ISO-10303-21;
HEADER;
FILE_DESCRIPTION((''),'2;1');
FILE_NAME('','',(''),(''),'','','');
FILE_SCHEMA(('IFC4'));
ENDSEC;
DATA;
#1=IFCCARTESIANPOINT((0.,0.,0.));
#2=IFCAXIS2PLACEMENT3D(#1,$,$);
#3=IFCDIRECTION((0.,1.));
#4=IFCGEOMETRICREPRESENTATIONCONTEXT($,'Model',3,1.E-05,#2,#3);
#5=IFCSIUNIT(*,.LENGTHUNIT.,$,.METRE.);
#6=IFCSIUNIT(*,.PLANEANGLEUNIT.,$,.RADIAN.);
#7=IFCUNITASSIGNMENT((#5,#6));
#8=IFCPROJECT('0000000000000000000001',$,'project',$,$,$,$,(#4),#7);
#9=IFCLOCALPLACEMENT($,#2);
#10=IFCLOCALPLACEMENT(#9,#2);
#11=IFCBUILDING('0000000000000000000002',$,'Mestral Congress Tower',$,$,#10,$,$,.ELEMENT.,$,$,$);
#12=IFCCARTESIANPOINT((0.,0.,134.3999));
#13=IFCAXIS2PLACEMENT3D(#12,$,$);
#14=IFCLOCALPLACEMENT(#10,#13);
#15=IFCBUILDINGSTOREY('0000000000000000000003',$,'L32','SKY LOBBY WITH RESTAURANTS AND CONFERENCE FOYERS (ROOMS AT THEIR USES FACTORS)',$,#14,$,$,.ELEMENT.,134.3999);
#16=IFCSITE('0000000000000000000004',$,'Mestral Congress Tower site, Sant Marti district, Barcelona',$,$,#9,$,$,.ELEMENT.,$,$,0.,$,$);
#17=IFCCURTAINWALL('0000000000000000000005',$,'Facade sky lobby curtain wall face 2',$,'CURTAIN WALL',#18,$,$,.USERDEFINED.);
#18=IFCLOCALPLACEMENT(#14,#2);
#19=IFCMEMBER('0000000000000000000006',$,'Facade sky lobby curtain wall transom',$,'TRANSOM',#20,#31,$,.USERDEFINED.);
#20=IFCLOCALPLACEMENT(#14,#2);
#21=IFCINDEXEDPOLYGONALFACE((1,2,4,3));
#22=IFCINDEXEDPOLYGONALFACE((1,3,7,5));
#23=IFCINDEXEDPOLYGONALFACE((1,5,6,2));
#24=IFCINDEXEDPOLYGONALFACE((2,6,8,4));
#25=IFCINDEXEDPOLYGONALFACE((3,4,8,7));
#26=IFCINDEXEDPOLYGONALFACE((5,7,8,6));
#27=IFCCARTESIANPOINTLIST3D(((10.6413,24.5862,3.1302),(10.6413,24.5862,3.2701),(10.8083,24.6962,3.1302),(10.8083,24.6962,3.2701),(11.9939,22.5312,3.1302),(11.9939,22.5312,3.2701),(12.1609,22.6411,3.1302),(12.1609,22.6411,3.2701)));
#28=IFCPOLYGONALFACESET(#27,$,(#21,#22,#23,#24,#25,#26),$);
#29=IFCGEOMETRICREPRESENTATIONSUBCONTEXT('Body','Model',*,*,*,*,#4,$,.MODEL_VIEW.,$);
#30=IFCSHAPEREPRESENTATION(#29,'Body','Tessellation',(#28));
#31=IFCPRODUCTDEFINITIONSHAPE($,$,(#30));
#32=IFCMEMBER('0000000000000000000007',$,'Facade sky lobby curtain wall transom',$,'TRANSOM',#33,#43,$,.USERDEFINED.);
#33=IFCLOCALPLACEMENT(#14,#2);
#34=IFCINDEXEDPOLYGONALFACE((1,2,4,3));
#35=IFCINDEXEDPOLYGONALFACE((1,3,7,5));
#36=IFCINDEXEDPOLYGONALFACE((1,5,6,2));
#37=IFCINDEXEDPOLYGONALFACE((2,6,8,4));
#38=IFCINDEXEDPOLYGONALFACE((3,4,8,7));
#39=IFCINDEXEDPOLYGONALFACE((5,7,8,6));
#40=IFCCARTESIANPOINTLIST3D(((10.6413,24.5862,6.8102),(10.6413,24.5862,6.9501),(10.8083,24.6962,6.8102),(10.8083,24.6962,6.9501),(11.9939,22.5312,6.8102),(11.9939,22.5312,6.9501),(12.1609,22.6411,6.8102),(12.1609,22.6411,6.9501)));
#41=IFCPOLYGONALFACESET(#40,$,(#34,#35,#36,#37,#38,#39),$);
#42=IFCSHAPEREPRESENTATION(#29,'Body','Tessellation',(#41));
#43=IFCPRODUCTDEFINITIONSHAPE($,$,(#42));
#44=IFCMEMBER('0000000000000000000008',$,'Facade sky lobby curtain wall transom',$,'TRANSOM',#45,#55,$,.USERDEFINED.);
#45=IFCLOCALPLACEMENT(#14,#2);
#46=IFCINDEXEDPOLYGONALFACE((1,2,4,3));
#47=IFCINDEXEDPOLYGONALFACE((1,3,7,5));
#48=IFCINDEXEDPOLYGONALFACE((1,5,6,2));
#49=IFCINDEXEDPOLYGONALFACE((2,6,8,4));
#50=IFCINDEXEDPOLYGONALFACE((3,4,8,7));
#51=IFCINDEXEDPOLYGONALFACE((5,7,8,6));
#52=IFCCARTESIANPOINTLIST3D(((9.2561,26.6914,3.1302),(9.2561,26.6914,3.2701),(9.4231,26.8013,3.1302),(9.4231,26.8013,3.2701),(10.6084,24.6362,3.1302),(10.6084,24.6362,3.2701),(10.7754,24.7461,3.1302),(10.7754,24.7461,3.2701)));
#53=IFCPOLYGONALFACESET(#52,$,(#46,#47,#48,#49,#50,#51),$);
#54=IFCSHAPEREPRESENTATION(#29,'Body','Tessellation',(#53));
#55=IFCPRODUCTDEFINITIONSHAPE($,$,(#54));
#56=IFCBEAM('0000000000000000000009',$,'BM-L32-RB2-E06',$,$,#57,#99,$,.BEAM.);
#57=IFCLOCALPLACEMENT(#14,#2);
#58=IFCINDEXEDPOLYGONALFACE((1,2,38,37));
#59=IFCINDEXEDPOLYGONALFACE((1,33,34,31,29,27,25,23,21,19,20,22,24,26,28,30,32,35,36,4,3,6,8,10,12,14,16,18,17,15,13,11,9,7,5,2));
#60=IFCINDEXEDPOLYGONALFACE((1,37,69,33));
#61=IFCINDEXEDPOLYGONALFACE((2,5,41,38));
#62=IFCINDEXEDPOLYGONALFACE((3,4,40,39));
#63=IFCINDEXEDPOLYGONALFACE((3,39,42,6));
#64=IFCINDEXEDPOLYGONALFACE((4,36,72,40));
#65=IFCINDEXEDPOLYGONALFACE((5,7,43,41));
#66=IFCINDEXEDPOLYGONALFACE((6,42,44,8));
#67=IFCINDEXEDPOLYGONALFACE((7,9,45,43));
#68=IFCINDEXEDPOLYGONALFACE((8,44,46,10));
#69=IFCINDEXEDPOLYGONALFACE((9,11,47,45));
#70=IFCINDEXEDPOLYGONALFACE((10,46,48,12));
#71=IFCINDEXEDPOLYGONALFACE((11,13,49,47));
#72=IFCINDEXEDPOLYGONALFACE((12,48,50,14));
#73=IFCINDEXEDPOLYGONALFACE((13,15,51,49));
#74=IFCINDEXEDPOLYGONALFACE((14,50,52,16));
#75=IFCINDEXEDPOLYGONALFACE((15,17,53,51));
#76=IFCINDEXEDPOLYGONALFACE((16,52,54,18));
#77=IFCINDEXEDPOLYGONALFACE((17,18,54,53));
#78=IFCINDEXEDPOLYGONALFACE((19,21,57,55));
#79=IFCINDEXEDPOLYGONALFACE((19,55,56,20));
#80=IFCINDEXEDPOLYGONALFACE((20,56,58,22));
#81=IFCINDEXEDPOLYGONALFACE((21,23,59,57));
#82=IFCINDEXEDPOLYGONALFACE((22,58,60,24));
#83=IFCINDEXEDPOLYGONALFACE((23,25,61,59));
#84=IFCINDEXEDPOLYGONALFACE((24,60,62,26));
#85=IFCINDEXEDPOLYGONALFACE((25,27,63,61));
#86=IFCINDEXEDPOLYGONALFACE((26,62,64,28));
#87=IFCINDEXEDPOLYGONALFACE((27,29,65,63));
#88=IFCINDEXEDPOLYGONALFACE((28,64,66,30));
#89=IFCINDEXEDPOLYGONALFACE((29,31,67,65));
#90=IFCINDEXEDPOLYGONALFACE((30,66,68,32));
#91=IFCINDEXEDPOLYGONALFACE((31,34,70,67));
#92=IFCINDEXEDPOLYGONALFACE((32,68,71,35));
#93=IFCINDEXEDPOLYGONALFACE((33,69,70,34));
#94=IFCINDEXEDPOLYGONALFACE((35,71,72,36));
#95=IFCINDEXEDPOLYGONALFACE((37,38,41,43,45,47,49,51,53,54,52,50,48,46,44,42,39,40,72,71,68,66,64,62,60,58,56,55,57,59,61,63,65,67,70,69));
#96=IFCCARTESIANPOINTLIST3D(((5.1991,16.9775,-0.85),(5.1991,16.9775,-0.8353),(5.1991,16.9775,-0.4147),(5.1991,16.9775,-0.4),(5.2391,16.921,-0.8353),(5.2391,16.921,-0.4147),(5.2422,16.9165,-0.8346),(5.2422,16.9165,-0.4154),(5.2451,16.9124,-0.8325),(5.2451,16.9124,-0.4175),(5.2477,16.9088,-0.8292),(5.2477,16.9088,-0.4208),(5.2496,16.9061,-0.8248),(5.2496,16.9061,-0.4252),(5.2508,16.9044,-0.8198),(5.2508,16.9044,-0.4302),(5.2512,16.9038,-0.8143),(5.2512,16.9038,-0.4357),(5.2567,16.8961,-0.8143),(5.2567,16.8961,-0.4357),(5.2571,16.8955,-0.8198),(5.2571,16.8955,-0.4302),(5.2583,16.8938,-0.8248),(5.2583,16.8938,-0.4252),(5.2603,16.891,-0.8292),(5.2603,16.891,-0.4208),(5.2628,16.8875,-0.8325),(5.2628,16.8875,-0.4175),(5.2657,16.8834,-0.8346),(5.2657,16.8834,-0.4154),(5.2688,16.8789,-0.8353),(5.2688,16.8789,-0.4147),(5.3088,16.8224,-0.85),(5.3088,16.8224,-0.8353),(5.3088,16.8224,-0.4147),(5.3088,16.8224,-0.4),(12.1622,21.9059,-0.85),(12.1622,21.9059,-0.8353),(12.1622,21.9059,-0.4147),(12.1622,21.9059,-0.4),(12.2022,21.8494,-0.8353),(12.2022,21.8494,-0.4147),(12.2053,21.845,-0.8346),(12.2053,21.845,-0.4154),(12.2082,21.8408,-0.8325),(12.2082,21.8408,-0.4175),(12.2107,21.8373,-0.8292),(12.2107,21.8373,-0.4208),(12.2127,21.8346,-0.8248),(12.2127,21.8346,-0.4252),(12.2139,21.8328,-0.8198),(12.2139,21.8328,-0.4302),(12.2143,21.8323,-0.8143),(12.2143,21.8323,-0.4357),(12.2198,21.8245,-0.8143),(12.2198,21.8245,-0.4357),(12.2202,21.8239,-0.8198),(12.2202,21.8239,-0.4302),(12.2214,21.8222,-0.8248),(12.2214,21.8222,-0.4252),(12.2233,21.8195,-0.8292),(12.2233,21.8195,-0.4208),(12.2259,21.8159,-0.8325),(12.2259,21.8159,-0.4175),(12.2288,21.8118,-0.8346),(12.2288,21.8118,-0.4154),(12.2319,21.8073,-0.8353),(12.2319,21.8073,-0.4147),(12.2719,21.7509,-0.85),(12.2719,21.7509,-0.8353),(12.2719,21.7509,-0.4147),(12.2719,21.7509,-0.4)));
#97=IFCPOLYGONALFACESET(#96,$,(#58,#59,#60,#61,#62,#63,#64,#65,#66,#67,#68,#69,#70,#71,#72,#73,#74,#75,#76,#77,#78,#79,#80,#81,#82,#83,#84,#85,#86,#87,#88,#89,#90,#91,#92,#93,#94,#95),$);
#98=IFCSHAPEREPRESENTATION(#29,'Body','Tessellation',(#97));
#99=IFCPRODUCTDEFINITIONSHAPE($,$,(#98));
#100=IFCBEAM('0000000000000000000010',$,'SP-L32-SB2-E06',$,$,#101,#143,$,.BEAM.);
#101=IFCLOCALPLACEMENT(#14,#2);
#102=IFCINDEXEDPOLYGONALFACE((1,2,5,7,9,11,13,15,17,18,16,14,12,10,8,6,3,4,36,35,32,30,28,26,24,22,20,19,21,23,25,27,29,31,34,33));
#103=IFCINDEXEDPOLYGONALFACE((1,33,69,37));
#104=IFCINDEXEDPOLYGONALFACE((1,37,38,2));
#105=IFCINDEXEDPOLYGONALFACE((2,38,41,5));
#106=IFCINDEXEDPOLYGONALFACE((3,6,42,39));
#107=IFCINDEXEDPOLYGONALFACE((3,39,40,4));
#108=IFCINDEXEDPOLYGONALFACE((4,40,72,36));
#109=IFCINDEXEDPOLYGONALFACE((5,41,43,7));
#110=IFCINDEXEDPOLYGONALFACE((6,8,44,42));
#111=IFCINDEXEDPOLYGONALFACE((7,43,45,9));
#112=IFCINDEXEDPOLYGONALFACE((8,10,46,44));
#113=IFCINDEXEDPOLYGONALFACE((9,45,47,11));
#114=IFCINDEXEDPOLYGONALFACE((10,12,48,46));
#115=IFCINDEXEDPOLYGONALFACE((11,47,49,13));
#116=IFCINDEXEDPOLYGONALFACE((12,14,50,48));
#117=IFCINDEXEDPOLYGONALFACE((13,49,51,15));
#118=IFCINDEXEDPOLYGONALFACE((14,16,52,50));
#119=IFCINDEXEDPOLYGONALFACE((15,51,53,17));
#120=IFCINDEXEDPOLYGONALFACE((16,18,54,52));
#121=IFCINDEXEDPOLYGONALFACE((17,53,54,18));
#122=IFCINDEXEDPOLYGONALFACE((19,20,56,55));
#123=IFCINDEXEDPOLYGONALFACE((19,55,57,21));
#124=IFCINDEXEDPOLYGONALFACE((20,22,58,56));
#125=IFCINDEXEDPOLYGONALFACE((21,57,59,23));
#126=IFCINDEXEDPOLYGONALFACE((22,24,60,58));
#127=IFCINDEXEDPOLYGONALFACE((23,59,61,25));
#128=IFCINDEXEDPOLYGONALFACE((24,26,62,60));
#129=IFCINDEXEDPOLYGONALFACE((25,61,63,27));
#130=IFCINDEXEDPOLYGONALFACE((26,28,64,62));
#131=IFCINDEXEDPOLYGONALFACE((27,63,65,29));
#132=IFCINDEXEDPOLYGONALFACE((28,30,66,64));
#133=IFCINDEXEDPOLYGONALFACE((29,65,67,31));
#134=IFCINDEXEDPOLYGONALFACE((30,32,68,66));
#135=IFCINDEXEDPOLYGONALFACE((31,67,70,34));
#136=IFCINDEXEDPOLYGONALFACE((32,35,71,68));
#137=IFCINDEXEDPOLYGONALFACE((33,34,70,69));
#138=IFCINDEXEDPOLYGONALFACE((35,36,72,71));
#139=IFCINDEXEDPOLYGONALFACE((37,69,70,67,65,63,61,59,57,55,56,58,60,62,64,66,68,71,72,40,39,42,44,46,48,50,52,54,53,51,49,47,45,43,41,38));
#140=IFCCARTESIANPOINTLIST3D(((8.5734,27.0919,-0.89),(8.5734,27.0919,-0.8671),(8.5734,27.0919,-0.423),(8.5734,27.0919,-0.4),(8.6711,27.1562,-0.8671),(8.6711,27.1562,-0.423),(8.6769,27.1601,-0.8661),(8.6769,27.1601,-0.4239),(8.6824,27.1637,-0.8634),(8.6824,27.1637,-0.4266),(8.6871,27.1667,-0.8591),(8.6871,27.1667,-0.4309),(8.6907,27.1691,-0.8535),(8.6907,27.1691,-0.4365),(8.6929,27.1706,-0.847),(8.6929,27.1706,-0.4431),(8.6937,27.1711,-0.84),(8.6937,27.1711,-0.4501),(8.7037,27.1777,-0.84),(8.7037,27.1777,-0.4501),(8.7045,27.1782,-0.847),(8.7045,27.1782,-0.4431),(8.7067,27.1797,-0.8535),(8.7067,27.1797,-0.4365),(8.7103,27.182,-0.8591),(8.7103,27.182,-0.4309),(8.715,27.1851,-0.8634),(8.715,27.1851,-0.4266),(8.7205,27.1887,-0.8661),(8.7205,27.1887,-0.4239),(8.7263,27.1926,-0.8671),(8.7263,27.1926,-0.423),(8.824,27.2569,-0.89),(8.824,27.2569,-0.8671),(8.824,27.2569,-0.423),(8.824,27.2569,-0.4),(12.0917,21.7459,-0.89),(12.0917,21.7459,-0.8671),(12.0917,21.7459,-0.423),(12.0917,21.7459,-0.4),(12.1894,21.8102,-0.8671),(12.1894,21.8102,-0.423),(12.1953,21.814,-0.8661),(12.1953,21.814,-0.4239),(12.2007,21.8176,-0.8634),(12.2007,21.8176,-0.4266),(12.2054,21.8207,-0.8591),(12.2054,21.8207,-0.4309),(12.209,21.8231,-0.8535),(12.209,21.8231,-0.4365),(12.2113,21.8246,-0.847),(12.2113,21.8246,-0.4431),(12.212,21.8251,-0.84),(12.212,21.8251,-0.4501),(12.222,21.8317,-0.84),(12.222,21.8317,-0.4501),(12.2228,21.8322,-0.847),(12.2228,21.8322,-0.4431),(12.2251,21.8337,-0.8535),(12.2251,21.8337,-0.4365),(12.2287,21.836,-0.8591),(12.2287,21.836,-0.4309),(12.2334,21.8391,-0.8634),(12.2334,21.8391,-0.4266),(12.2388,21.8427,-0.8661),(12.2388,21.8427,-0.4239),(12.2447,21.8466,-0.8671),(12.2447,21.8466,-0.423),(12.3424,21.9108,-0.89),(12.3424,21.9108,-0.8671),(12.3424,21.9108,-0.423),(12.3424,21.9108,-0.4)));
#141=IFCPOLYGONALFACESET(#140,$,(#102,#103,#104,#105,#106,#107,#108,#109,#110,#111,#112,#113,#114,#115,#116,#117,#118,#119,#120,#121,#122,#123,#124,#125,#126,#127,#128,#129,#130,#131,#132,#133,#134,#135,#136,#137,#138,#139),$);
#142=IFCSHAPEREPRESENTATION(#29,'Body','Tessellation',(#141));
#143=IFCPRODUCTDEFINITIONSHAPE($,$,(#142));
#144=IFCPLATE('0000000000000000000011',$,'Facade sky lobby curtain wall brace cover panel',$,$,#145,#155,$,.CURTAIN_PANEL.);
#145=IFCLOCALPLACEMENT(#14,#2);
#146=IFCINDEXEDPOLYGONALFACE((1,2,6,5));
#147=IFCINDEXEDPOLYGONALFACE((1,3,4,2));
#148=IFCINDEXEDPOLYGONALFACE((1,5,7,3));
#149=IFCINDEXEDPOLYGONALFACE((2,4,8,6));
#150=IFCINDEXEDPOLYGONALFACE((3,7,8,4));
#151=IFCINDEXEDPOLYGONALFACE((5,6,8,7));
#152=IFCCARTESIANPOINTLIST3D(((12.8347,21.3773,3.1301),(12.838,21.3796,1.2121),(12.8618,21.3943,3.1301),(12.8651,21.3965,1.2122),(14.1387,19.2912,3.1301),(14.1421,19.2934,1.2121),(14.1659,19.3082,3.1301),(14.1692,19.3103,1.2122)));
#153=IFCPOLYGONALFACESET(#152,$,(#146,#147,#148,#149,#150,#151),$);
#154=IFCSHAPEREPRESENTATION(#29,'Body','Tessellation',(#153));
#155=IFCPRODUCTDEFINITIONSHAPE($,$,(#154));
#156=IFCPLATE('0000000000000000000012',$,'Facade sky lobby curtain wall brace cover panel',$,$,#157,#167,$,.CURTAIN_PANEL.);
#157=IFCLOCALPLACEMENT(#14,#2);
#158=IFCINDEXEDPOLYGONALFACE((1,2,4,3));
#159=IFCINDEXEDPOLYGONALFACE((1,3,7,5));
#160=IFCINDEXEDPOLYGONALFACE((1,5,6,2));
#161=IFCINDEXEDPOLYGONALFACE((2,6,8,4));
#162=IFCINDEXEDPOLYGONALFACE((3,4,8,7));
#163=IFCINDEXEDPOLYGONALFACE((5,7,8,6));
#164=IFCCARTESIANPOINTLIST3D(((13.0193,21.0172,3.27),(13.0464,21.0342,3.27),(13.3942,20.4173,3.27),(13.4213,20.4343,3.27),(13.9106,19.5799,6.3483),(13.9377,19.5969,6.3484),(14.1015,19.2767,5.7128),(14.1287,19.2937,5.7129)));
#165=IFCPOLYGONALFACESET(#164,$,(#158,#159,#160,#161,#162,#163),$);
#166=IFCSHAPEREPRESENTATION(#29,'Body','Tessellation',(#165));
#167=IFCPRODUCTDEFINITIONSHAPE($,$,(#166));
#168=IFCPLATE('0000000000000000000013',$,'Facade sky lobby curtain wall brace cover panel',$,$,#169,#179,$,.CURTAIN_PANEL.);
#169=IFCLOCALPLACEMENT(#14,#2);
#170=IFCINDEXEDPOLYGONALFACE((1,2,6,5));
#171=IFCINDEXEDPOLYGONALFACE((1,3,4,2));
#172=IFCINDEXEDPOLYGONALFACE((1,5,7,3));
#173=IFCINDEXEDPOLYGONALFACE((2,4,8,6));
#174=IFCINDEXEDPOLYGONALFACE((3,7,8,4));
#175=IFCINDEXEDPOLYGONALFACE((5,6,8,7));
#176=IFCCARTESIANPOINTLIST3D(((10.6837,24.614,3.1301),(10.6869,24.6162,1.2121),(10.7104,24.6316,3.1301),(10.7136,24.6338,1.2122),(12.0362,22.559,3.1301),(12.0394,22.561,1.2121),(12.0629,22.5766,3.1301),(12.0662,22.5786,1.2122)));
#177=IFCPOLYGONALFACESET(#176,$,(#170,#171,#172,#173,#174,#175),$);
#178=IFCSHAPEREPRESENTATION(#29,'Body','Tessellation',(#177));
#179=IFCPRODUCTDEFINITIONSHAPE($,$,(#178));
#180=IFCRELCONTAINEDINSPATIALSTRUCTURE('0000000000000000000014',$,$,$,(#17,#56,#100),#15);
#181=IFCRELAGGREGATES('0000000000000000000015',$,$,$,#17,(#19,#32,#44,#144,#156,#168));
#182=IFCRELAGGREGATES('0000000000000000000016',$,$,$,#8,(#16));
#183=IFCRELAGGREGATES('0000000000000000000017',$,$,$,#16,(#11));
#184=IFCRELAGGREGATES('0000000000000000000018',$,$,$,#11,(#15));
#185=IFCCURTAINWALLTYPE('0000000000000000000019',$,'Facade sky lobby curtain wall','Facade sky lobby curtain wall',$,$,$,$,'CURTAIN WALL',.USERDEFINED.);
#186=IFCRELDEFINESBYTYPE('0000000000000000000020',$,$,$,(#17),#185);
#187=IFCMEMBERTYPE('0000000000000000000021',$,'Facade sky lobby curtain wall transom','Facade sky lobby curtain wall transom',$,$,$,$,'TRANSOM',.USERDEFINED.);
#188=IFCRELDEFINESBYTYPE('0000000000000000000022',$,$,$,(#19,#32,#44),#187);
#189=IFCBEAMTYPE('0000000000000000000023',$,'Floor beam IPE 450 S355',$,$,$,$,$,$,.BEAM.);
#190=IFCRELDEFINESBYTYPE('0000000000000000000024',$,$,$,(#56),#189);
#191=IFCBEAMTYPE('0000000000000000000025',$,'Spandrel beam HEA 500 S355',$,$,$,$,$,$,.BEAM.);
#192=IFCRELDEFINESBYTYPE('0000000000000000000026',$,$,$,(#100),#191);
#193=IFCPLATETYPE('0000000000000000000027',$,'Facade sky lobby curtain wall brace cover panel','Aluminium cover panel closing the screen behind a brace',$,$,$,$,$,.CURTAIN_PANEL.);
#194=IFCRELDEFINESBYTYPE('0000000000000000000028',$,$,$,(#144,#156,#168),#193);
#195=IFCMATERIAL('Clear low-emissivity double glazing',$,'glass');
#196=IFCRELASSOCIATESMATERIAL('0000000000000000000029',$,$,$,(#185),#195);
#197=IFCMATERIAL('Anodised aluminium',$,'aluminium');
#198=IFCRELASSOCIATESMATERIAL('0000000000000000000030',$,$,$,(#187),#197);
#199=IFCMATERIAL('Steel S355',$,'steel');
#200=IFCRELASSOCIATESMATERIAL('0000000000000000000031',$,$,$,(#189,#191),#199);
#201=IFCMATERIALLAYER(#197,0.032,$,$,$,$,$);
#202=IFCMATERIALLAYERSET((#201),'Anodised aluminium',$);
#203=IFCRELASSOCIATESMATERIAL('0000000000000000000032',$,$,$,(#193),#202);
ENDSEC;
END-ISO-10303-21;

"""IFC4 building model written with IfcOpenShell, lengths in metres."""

from ifc_helpers import new_model, si_unit, direction, frame, origin, origin_2d, place, context, subcontext, project, spatial, polyline, rectangle, i_section, outline, extrude, material, layer, layer_set, material_profile, profile_set, type_object, element, aggregate, save


model = new_model("IFC4")

# Units and contexts
model_context = context("Model", 3, precision=1e-05, world=origin(), true_north=direction((0.0, 1.0)))
body_context = subcontext(model_context, "Body", "Model", "MODEL_VIEW")
ifc_project = project(units=[si_unit("LENGTHUNIT", "METRE"), si_unit("PLANEANGLEUNIT", "RADIAN")], contexts=[model_context])

# Site, building, storey
site_placement = place(None, origin())
site = spatial("IfcSite", under=ifc_project, at=site_placement, Name="Mestral Congress Tower site, Sant Marti district, Barcelona", CompositionType="ELEMENT", RefElevation=0.0)
building_placement = place(site_placement, origin())
building = spatial("IfcBuilding", under=site, at=building_placement, Name="Mestral Congress Tower", CompositionType="ELEMENT")
storey_placement = place(building_placement, frame((0.0, 0.0, 134.3999)))
storey = spatial("IfcBuildingStorey", under=building, at=storey_placement, Name="L32", Description="SKY LOBBY WITH RESTAURANTS AND CONFERENCE FOYERS (ROOMS AT THEIR USES FACTORS)", CompositionType="ELEMENT", Elevation=134.3999)

# Shared definitions
ifc_material_1 = material(Name="Steel S355", Category="steel")

# Curtain wall, members
ifc_material_2 = material(Name="Clear low-emissivity double glazing", Category="glass")
curtain_wall_type = type_object("IfcCurtainWallType", Name="Facade sky lobby curtain wall", Description="Facade sky lobby curtain wall", ElementType="CURTAIN WALL", PredefinedType="USERDEFINED", material=ifc_material_2)
curtain_wall_placement = place(storey_placement, origin())
curtain_wall = element("IfcCurtainWall", 1, at=curtain_wall_placement, inside=storey, type_object=curtain_wall_type, Name="Facade sky lobby curtain wall face 2", ObjectType="CURTAIN WALL", PredefinedType="USERDEFINED")
ifc_material_3 = material(Name="Anodised aluminium", Category="aluminium")
ifc_material_profile_1 = material_profile(ifc_material_3, rectangle(XDim=0.2, YDim=0.1399, at=origin_2d()), Name="CW1 transom 200 x 140")
ifc_profile_set_1 = profile_set([ifc_material_profile_1], Name="Anodised aluminium")
member_type_1 = type_object("IfcMemberType", Name="Facade sky lobby curtain wall transom", Description="Facade sky lobby curtain wall transom", ElementType="TRANSOM", PredefinedType="USERDEFINED", material=ifc_profile_set_1)
member_1_placement = place(storey_placement, frame((12.0774, 22.5862, 3.2002), z_axis=(-0.54979, 0.835303, 0.0), x_axis=(-0.835303, -0.54979, 0.0)))
member_1 = element("IfcMember", 2, at=member_1_placement, type_object=member_type_1, Name="Facade sky lobby curtain wall transom", ObjectType="TRANSOM", PredefinedType="USERDEFINED", context=body_context, shape_type="SweptSolid", body=[
    extrude(rectangle(XDim=0.2, YDim=0.1399, at=origin_2d()), origin(), (0.0, 0.0, 1.0), 2.4602),
])
member_2_placement = place(storey_placement, frame((12.0774, 22.5862, 6.8801), z_axis=(-0.54979, 0.835303, 0.0), x_axis=(-0.835303, -0.54979, 0.0)))
member_2 = element("IfcMember", 3, at=member_2_placement, type_object=member_type_1, Name="Facade sky lobby curtain wall transom", ObjectType="TRANSOM", PredefinedType="USERDEFINED", context=body_context, shape_type="SweptSolid", body=[
    extrude(rectangle(XDim=0.2, YDim=0.1399, at=origin_2d()), origin(), (0.0, 0.0, 1.0), 2.4602),
])
member_3_placement = place(storey_placement, frame((10.6919, 24.6912, 3.2002), z_axis=(-0.549675, 0.835379, 0.0), x_axis=(-0.835379, -0.549675, 0.0)))
member_3 = element("IfcMember", 4, at=member_3_placement, type_object=member_type_1, Name="Facade sky lobby curtain wall transom", ObjectType="TRANSOM", PredefinedType="USERDEFINED", context=body_context, shape_type="SweptSolid", body=[
    extrude(rectangle(XDim=0.2, YDim=0.1399, at=origin_2d()), origin(), (0.0, 0.0, 1.0), 2.4602),
])

# Beams
ifc_material_profile_2 = material_profile(ifc_material_1, i_section(OverallWidth=0.1899, OverallDepth=0.45, WebThickness=0.0095, FlangeThickness=0.0146, FilletRadius=0.021, at=origin_2d()), Name="IPE 450")
ifc_profile_set_2 = profile_set([ifc_material_profile_2], Name="Steel S355")
beam_type_1 = type_object("IfcBeamType", Name="Floor beam IPE 450 S355", PredefinedType="BEAM", material=ifc_profile_set_2)
beam_1_placement = place(storey_placement, frame((12.217, 21.8284, -0.625), z_axis=(-0.816232, -0.577724, 0.0), x_axis=(0.577724, -0.816232, 0.0)))
element("IfcBeam", 5, at=beam_1_placement, inside=storey, type_object=beam_type_1, Name="BM-L32-RB2-E06", PredefinedType="BEAM", context=body_context, shape_type="SweptSolid", body=[
    extrude(i_section(OverallWidth=0.1899, OverallDepth=0.45, WebThickness=0.0095, FlangeThickness=0.0146, FilletRadius=0.021, at=origin_2d()), origin(), (0.0, 0.0, 1.0), 8.5308),
])
ifc_material_profile_3 = material_profile(ifc_material_1, i_section(OverallWidth=0.3, OverallDepth=0.49, WebThickness=0.012, FlangeThickness=0.0229, FilletRadius=0.0271, at=origin_2d()), Name="HEA 500")
ifc_profile_set_3 = profile_set([ifc_material_profile_3], Name="Steel S355")
beam_type_2 = type_object("IfcBeamType", Name="Spandrel beam HEA 500 S355", PredefinedType="BEAM", material=ifc_profile_set_3)
beam_2_placement = place(storey_placement, frame((12.217, 21.8284, -0.645), z_axis=(-0.549752, 0.835328, 0.0), x_axis=(-0.835328, -0.549752, 0.0)))
element("IfcBeam", 6, at=beam_2_placement, inside=storey, type_object=beam_type_2, Name="SP-L32-SB2-E06", PredefinedType="BEAM", context=body_context, shape_type="SweptSolid", body=[
    extrude(i_section(OverallWidth=0.3, OverallDepth=0.49, WebThickness=0.012, FlangeThickness=0.0229, FilletRadius=0.0271, at=origin_2d()), origin(), (0.0, 0.0, 1.0), 6.3999),
])

# Plates
ifc_layer_1 = layer(ifc_material_3, 0.032)
ifc_layer_set_1 = layer_set([ifc_layer_1], Name="Anodised aluminium")
plate_type_1 = type_object("IfcPlateType", Name="Facade sky lobby curtain wall brace cover panel", Description="Aluminium cover panel closing the screen behind a brace", PredefinedType="CURTAIN_PANEL", material=ifc_layer_set_1)
plate_1_placement = place(storey_placement, frame((12.8618, 21.3943, 3.1301), z_axis=(0.847957, 0.53006, 0.002064), x_axis=(0.001701, 0.001174, -0.999998)))
plate_1 = element("IfcPlate", 7, at=plate_1_placement, type_object=plate_type_1, Name="Facade sky lobby curtain wall brace cover panel", PredefinedType="CURTAIN_PANEL", context=body_context, shape_type="SweptSolid", body=[
    extrude(outline(polyline([(0.0, 0.0), (1.918, 0.0), (1.9177, -2.4603), (-0.0002, -2.4602), (0.0, 0.0)])), origin(), (0.0, 0.0, -1.0), 0.032),
])
plate_2_placement = place(storey_placement, frame((13.0464, 21.0342, 3.27), z_axis=(0.84798, 0.530024, 0.001943), x_axis=(0.530025, -0.847982, 0.0)))
plate_2 = element("IfcPlate", 8, at=plate_2_placement, type_object=plate_type_1, Name="Facade sky lobby curtain wall brace cover panel", PredefinedType="CURTAIN_PANEL", context=body_context, shape_type="SweptSolid", body=[
    extrude(outline(polyline([(0.0, 0.0), (0.7074, 0.0), (2.0495, -2.4429), (1.6912, -3.0784), (0.0, 0.0)])), origin(), (0.0, 0.0, -1.0), 0.032),
])
plate_3_placement = place(storey_placement, frame((10.7104, 24.6316, 3.1301), z_axis=(0.835317, 0.549766, 0.001977), x_axis=(0.001626, 0.001126, -0.999998)))
plate_3 = element("IfcPlate", 9, at=plate_3_placement, type_object=plate_type_1, Name="Facade sky lobby curtain wall brace cover panel", PredefinedType="CURTAIN_PANEL", context=body_context, shape_type="SweptSolid", body=[
    extrude(outline(polyline([(0.0, 0.0), (1.918, 0.0), (1.9179, -2.4603), (-0.0001, -2.4601), (0.0, 0.0)])), origin(), (0.0, 0.0, -1.0), 0.032),
])
aggregate(curtain_wall, [member_1, member_2, member_3, plate_1, plate_2, plate_3])

save(model, "model.ifc")
